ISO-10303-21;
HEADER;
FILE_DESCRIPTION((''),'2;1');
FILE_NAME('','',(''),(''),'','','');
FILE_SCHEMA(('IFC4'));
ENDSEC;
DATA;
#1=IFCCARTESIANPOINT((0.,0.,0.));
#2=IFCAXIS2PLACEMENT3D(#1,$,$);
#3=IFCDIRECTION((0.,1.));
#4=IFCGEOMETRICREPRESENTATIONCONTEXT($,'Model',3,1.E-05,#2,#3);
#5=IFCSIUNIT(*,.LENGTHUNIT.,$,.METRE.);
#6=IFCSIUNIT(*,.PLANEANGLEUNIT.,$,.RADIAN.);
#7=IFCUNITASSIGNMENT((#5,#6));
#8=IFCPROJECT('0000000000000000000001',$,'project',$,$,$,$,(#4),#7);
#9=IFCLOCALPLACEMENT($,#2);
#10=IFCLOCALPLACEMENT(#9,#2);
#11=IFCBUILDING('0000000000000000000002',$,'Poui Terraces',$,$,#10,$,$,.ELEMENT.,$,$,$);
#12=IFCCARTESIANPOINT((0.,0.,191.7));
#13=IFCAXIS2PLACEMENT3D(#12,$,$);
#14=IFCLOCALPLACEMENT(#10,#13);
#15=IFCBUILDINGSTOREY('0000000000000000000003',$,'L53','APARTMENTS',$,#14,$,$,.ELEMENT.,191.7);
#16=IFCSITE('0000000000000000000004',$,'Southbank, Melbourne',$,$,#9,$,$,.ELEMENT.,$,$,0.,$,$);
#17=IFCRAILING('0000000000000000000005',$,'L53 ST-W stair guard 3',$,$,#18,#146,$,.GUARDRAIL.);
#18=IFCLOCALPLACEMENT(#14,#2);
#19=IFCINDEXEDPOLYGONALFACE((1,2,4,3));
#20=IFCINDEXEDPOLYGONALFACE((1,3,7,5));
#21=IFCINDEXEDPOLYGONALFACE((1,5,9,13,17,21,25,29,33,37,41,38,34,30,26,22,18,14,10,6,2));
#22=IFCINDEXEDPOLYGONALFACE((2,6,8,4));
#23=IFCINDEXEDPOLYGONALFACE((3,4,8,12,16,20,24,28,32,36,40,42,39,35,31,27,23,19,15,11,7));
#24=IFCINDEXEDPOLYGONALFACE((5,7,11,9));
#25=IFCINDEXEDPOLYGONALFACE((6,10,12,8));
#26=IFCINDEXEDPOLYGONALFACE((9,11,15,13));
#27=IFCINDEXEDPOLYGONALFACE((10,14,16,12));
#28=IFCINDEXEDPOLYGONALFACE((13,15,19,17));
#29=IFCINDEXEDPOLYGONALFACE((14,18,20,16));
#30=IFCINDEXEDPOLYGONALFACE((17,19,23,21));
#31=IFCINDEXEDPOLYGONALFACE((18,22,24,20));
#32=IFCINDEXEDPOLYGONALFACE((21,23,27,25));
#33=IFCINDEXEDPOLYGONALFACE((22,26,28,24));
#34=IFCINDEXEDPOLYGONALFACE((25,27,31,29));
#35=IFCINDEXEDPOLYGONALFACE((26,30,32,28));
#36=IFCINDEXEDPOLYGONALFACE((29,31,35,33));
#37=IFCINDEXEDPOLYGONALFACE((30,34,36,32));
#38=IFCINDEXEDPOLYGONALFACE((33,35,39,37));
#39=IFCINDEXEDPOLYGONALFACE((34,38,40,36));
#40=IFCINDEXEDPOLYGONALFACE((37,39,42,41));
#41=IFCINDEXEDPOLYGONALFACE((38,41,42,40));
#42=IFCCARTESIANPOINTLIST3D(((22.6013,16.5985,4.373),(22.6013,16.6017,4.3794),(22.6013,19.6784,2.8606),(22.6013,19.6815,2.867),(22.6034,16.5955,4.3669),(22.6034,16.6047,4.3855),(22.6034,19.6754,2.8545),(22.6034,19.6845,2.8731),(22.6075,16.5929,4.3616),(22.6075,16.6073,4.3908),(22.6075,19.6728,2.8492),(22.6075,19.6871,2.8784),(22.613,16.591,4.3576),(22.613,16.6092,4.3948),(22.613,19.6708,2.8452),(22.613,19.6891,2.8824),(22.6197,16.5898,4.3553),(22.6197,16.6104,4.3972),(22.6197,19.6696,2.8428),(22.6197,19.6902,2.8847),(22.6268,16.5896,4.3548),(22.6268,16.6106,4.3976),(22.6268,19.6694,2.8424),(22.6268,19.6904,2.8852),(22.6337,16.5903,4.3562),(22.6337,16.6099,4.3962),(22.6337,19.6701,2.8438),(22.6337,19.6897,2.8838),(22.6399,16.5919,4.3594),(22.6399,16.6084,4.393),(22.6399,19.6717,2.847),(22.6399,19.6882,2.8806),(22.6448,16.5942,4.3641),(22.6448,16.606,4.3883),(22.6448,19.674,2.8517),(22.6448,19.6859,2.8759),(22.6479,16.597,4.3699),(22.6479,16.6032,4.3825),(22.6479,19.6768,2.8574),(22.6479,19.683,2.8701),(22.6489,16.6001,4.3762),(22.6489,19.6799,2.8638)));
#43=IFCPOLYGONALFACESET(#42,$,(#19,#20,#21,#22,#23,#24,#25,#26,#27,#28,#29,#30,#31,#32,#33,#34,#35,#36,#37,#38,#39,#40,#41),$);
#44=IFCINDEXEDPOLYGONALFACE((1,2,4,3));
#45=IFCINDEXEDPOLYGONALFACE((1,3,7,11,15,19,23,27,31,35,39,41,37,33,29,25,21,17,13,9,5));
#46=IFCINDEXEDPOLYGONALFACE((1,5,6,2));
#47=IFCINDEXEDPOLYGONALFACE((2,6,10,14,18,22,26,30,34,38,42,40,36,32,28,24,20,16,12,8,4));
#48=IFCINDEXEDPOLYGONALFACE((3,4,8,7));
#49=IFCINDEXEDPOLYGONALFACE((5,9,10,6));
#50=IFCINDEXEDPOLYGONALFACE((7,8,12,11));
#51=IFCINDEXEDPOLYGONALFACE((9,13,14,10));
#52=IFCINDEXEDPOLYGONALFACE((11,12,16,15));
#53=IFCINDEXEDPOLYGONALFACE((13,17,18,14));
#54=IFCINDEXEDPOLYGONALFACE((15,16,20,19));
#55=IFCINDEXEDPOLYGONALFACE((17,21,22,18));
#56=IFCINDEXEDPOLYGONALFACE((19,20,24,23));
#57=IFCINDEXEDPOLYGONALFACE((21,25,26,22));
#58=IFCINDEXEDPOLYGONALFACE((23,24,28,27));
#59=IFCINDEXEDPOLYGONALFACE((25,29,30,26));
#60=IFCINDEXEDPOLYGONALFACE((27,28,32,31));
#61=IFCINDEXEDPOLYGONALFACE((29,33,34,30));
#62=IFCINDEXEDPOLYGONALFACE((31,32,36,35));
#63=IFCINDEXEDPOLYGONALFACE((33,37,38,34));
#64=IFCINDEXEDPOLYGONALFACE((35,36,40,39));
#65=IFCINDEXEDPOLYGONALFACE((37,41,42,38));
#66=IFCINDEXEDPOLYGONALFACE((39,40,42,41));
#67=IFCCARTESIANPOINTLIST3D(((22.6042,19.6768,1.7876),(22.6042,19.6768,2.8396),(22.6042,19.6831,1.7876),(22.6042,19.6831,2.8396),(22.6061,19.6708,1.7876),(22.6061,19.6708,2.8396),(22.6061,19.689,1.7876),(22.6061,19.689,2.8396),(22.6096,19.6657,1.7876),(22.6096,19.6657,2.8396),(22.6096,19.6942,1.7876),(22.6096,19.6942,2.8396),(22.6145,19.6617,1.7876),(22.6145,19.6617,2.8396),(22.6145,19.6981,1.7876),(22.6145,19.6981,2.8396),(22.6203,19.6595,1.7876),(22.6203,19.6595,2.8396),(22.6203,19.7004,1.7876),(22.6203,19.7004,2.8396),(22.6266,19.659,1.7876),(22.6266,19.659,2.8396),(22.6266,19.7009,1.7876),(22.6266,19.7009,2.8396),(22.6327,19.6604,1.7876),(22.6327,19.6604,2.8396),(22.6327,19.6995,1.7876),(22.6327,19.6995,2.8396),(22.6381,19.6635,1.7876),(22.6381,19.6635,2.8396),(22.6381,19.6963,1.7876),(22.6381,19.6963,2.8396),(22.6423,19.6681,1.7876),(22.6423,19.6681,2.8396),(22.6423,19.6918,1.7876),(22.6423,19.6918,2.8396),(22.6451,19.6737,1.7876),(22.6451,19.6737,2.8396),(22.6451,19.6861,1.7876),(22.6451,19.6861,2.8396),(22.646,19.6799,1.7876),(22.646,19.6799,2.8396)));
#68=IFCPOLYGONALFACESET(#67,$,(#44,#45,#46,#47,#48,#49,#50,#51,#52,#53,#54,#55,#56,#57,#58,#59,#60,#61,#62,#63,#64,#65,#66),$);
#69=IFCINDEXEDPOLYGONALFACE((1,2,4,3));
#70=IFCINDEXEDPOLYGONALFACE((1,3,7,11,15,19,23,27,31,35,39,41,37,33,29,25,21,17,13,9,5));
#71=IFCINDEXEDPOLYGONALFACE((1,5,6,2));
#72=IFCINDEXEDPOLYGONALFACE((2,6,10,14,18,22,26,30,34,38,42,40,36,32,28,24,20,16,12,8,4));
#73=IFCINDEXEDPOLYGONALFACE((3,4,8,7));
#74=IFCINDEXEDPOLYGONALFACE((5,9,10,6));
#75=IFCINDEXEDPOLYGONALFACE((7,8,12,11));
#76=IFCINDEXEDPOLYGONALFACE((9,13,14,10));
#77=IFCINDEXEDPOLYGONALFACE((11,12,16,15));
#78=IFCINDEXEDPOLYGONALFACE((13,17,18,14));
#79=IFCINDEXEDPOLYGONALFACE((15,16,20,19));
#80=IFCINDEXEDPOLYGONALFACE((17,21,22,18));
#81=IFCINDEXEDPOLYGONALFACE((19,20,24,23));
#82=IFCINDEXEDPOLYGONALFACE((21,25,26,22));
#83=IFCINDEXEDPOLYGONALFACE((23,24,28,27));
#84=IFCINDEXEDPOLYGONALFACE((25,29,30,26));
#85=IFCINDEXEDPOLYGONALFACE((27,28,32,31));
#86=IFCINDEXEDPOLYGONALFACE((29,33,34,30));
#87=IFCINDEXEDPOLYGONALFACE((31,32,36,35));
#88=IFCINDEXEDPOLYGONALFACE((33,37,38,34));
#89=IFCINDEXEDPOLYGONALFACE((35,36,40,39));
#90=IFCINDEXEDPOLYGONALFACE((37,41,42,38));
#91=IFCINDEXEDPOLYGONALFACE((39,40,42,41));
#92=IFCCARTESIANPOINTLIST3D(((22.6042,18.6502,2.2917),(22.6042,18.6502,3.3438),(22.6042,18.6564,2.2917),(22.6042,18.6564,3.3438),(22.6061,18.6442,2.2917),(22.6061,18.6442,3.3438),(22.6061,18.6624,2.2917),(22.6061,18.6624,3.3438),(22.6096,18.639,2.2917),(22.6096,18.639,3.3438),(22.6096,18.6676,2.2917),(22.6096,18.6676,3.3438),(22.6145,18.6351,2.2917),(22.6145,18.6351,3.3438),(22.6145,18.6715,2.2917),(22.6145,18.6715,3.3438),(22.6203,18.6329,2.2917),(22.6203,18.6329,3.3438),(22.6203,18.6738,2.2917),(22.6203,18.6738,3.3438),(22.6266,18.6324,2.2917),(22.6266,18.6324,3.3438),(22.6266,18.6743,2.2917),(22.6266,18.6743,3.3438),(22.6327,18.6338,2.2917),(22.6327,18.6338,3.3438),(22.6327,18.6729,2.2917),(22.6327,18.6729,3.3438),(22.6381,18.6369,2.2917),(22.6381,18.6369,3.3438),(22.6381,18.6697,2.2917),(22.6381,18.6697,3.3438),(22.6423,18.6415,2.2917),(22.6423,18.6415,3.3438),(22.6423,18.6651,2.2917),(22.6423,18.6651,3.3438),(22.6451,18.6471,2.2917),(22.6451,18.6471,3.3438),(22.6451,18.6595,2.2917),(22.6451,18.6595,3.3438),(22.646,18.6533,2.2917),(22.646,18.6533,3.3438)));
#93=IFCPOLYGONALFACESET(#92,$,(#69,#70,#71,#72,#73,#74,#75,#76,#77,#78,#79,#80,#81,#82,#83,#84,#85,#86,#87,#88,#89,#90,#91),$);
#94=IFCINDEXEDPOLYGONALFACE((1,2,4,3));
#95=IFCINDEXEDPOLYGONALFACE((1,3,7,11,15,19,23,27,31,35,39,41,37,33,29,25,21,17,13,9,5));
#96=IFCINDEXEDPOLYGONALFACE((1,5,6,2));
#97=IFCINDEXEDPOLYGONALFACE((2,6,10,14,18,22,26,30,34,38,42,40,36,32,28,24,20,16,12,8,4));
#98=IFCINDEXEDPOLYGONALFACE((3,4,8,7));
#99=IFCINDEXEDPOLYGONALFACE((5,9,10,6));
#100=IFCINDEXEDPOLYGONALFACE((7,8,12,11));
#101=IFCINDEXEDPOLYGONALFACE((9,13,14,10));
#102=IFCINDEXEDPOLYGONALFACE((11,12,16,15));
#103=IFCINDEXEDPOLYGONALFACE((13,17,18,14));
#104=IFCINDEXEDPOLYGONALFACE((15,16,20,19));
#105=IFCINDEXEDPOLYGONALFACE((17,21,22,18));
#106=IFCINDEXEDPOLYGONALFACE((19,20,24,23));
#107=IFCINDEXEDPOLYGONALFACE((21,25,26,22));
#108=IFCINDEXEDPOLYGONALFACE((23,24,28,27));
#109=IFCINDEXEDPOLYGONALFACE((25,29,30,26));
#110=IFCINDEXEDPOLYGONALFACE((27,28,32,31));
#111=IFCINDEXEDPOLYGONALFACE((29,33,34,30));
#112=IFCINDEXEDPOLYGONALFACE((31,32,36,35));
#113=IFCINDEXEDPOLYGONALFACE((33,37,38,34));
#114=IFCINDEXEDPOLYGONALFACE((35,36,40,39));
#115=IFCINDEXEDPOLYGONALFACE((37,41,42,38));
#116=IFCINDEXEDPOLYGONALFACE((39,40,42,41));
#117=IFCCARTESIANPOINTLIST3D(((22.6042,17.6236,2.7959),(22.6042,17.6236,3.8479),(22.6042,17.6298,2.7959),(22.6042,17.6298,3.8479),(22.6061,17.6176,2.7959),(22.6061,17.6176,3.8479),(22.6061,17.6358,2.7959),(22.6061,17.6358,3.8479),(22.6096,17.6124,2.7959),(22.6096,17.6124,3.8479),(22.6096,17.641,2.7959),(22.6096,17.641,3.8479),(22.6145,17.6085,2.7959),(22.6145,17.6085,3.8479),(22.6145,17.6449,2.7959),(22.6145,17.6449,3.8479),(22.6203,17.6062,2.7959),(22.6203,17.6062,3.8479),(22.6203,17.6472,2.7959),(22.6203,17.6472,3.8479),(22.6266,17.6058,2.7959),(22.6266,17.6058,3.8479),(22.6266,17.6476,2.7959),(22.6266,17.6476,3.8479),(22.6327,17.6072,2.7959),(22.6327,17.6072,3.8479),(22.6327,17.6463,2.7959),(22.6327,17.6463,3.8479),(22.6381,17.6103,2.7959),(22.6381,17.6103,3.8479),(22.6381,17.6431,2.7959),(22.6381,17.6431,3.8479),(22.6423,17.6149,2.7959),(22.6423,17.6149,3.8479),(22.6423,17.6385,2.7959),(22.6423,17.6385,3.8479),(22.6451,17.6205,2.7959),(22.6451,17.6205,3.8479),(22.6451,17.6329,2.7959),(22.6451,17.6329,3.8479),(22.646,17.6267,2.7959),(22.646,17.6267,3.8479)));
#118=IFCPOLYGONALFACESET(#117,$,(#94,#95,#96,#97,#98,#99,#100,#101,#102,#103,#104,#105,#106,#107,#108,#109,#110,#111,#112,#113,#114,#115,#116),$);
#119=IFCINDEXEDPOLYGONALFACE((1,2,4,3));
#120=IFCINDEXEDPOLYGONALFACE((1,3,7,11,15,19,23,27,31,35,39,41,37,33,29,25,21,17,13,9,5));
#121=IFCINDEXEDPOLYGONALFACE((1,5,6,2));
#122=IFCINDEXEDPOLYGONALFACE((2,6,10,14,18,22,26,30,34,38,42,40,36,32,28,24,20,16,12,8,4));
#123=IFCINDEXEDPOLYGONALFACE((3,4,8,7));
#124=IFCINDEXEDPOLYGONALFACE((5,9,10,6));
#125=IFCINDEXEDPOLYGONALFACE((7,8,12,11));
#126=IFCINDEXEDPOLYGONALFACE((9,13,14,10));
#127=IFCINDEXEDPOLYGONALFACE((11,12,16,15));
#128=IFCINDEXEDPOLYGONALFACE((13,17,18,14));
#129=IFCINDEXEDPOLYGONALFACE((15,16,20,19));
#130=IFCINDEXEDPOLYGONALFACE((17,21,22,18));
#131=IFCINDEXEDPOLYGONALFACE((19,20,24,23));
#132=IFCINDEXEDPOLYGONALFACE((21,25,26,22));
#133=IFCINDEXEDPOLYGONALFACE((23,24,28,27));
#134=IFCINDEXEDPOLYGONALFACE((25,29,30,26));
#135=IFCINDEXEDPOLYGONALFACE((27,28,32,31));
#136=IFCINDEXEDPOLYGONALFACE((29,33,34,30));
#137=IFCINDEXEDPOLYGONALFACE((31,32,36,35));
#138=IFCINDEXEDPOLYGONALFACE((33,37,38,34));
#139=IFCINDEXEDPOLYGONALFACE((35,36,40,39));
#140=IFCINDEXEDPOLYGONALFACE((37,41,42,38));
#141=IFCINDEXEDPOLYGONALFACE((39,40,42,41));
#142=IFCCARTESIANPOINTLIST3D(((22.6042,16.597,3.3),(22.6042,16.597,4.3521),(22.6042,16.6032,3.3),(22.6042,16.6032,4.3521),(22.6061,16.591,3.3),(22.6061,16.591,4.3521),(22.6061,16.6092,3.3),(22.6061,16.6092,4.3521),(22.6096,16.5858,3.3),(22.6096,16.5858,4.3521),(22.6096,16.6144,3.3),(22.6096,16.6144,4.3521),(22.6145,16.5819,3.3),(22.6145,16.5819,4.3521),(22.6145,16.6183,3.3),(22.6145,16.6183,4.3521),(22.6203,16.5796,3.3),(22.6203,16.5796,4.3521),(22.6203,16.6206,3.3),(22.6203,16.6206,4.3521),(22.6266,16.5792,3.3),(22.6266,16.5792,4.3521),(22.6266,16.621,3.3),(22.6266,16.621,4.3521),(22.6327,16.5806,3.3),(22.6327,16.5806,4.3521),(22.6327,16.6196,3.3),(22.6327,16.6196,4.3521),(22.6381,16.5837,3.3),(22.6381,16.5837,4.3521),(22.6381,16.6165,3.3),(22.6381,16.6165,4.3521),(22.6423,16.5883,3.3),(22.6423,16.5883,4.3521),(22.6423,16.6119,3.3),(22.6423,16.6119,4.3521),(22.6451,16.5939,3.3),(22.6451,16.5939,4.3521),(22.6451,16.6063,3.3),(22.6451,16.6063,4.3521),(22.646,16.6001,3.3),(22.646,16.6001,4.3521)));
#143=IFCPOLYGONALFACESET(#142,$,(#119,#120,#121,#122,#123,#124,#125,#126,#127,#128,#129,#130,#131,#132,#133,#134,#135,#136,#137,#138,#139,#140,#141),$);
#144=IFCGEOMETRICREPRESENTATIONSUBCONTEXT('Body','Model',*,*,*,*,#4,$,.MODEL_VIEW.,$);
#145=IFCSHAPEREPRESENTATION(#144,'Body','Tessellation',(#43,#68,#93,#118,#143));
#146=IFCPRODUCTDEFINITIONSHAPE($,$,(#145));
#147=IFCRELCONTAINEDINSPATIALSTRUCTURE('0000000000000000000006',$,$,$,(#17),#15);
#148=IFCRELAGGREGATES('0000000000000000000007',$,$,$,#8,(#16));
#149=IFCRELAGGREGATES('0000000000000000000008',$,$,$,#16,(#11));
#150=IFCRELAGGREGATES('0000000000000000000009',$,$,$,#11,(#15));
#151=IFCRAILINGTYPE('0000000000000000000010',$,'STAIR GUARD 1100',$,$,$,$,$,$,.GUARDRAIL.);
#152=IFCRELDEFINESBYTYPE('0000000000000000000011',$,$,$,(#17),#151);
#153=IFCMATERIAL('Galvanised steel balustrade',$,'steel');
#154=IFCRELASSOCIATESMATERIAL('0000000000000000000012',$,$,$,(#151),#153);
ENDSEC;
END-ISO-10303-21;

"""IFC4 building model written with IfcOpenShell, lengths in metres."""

from ifc_helpers import new_model, si_unit, direction, frame, origin, origin_2d, place, context, subcontext, project, spatial, circle, extrude, material, type_object, element, save


model = new_model("IFC4")

# Units and contexts
model_context = context("Model", 3, precision=1e-05, world=origin(), true_north=direction((0.0, 1.0)))
body_context = subcontext(model_context, "Body", "Model", "MODEL_VIEW")
ifc_project = project(units=[si_unit("LENGTHUNIT", "METRE"), si_unit("PLANEANGLEUNIT", "RADIAN")], contexts=[model_context])

# Site, building, storey
site_placement = place(None, origin())
site = spatial("IfcSite", under=ifc_project, at=site_placement, Name="Southbank, Melbourne", CompositionType="ELEMENT", RefElevation=0.0)
building_placement = place(site_placement, origin())
building = spatial("IfcBuilding", under=site, at=building_placement, Name="Poui Terraces", CompositionType="ELEMENT")
storey_placement = place(building_placement, frame((0.0, 0.0, 191.7)))
storey = spatial("IfcBuildingStorey", under=building, at=storey_placement, Name="L53", Description="APARTMENTS", CompositionType="ELEMENT", Elevation=191.7)

# Railing
ifc_material_1 = material(Name="Galvanised steel balustrade", Category="steel")
railing_type_1 = type_object("IfcRailingType", Name="STAIR GUARD 1100", PredefinedType="GUARDRAIL", material=ifc_material_1)
railing_1_placement = place(storey_placement, frame((22.625, 19.6799, 1.7876)))
element("IfcRailing", 1, at=railing_1_placement, inside=storey, type_object=railing_type_1, Name="L53 ST-W stair guard 3", PredefinedType="GUARDRAIL", context=body_context, shape_type="SweptSolid", body=[
    extrude(circle(Radius=0.0239, at=origin_2d()), frame((0.0, 0.0, 1.0762), z_axis=(0.0, -0.897606, 0.440798), x_axis=(1.0, 0.0, 0.0)), (0.0, 0.0, 1.0), 3.4312),
    extrude(circle(Radius=0.021, at=origin_2d()), origin(), (0.0, 0.0, 1.0), 1.052),
    extrude(circle(Radius=0.021, at=origin_2d()), frame((0.0, -1.0266, 0.5042)), (0.0, 0.0, 1.0), 1.052),
    extrude(circle(Radius=0.021, at=origin_2d()), frame((0.0, -2.0532, 1.0083)), (0.0, 0.0, 1.0), 1.052),
    extrude(circle(Radius=0.021, at=origin_2d()), frame((0.0, -3.0798, 1.5125)), (0.0, 0.0, 1.0), 1.052),
])

save(model, "model.ifc")
